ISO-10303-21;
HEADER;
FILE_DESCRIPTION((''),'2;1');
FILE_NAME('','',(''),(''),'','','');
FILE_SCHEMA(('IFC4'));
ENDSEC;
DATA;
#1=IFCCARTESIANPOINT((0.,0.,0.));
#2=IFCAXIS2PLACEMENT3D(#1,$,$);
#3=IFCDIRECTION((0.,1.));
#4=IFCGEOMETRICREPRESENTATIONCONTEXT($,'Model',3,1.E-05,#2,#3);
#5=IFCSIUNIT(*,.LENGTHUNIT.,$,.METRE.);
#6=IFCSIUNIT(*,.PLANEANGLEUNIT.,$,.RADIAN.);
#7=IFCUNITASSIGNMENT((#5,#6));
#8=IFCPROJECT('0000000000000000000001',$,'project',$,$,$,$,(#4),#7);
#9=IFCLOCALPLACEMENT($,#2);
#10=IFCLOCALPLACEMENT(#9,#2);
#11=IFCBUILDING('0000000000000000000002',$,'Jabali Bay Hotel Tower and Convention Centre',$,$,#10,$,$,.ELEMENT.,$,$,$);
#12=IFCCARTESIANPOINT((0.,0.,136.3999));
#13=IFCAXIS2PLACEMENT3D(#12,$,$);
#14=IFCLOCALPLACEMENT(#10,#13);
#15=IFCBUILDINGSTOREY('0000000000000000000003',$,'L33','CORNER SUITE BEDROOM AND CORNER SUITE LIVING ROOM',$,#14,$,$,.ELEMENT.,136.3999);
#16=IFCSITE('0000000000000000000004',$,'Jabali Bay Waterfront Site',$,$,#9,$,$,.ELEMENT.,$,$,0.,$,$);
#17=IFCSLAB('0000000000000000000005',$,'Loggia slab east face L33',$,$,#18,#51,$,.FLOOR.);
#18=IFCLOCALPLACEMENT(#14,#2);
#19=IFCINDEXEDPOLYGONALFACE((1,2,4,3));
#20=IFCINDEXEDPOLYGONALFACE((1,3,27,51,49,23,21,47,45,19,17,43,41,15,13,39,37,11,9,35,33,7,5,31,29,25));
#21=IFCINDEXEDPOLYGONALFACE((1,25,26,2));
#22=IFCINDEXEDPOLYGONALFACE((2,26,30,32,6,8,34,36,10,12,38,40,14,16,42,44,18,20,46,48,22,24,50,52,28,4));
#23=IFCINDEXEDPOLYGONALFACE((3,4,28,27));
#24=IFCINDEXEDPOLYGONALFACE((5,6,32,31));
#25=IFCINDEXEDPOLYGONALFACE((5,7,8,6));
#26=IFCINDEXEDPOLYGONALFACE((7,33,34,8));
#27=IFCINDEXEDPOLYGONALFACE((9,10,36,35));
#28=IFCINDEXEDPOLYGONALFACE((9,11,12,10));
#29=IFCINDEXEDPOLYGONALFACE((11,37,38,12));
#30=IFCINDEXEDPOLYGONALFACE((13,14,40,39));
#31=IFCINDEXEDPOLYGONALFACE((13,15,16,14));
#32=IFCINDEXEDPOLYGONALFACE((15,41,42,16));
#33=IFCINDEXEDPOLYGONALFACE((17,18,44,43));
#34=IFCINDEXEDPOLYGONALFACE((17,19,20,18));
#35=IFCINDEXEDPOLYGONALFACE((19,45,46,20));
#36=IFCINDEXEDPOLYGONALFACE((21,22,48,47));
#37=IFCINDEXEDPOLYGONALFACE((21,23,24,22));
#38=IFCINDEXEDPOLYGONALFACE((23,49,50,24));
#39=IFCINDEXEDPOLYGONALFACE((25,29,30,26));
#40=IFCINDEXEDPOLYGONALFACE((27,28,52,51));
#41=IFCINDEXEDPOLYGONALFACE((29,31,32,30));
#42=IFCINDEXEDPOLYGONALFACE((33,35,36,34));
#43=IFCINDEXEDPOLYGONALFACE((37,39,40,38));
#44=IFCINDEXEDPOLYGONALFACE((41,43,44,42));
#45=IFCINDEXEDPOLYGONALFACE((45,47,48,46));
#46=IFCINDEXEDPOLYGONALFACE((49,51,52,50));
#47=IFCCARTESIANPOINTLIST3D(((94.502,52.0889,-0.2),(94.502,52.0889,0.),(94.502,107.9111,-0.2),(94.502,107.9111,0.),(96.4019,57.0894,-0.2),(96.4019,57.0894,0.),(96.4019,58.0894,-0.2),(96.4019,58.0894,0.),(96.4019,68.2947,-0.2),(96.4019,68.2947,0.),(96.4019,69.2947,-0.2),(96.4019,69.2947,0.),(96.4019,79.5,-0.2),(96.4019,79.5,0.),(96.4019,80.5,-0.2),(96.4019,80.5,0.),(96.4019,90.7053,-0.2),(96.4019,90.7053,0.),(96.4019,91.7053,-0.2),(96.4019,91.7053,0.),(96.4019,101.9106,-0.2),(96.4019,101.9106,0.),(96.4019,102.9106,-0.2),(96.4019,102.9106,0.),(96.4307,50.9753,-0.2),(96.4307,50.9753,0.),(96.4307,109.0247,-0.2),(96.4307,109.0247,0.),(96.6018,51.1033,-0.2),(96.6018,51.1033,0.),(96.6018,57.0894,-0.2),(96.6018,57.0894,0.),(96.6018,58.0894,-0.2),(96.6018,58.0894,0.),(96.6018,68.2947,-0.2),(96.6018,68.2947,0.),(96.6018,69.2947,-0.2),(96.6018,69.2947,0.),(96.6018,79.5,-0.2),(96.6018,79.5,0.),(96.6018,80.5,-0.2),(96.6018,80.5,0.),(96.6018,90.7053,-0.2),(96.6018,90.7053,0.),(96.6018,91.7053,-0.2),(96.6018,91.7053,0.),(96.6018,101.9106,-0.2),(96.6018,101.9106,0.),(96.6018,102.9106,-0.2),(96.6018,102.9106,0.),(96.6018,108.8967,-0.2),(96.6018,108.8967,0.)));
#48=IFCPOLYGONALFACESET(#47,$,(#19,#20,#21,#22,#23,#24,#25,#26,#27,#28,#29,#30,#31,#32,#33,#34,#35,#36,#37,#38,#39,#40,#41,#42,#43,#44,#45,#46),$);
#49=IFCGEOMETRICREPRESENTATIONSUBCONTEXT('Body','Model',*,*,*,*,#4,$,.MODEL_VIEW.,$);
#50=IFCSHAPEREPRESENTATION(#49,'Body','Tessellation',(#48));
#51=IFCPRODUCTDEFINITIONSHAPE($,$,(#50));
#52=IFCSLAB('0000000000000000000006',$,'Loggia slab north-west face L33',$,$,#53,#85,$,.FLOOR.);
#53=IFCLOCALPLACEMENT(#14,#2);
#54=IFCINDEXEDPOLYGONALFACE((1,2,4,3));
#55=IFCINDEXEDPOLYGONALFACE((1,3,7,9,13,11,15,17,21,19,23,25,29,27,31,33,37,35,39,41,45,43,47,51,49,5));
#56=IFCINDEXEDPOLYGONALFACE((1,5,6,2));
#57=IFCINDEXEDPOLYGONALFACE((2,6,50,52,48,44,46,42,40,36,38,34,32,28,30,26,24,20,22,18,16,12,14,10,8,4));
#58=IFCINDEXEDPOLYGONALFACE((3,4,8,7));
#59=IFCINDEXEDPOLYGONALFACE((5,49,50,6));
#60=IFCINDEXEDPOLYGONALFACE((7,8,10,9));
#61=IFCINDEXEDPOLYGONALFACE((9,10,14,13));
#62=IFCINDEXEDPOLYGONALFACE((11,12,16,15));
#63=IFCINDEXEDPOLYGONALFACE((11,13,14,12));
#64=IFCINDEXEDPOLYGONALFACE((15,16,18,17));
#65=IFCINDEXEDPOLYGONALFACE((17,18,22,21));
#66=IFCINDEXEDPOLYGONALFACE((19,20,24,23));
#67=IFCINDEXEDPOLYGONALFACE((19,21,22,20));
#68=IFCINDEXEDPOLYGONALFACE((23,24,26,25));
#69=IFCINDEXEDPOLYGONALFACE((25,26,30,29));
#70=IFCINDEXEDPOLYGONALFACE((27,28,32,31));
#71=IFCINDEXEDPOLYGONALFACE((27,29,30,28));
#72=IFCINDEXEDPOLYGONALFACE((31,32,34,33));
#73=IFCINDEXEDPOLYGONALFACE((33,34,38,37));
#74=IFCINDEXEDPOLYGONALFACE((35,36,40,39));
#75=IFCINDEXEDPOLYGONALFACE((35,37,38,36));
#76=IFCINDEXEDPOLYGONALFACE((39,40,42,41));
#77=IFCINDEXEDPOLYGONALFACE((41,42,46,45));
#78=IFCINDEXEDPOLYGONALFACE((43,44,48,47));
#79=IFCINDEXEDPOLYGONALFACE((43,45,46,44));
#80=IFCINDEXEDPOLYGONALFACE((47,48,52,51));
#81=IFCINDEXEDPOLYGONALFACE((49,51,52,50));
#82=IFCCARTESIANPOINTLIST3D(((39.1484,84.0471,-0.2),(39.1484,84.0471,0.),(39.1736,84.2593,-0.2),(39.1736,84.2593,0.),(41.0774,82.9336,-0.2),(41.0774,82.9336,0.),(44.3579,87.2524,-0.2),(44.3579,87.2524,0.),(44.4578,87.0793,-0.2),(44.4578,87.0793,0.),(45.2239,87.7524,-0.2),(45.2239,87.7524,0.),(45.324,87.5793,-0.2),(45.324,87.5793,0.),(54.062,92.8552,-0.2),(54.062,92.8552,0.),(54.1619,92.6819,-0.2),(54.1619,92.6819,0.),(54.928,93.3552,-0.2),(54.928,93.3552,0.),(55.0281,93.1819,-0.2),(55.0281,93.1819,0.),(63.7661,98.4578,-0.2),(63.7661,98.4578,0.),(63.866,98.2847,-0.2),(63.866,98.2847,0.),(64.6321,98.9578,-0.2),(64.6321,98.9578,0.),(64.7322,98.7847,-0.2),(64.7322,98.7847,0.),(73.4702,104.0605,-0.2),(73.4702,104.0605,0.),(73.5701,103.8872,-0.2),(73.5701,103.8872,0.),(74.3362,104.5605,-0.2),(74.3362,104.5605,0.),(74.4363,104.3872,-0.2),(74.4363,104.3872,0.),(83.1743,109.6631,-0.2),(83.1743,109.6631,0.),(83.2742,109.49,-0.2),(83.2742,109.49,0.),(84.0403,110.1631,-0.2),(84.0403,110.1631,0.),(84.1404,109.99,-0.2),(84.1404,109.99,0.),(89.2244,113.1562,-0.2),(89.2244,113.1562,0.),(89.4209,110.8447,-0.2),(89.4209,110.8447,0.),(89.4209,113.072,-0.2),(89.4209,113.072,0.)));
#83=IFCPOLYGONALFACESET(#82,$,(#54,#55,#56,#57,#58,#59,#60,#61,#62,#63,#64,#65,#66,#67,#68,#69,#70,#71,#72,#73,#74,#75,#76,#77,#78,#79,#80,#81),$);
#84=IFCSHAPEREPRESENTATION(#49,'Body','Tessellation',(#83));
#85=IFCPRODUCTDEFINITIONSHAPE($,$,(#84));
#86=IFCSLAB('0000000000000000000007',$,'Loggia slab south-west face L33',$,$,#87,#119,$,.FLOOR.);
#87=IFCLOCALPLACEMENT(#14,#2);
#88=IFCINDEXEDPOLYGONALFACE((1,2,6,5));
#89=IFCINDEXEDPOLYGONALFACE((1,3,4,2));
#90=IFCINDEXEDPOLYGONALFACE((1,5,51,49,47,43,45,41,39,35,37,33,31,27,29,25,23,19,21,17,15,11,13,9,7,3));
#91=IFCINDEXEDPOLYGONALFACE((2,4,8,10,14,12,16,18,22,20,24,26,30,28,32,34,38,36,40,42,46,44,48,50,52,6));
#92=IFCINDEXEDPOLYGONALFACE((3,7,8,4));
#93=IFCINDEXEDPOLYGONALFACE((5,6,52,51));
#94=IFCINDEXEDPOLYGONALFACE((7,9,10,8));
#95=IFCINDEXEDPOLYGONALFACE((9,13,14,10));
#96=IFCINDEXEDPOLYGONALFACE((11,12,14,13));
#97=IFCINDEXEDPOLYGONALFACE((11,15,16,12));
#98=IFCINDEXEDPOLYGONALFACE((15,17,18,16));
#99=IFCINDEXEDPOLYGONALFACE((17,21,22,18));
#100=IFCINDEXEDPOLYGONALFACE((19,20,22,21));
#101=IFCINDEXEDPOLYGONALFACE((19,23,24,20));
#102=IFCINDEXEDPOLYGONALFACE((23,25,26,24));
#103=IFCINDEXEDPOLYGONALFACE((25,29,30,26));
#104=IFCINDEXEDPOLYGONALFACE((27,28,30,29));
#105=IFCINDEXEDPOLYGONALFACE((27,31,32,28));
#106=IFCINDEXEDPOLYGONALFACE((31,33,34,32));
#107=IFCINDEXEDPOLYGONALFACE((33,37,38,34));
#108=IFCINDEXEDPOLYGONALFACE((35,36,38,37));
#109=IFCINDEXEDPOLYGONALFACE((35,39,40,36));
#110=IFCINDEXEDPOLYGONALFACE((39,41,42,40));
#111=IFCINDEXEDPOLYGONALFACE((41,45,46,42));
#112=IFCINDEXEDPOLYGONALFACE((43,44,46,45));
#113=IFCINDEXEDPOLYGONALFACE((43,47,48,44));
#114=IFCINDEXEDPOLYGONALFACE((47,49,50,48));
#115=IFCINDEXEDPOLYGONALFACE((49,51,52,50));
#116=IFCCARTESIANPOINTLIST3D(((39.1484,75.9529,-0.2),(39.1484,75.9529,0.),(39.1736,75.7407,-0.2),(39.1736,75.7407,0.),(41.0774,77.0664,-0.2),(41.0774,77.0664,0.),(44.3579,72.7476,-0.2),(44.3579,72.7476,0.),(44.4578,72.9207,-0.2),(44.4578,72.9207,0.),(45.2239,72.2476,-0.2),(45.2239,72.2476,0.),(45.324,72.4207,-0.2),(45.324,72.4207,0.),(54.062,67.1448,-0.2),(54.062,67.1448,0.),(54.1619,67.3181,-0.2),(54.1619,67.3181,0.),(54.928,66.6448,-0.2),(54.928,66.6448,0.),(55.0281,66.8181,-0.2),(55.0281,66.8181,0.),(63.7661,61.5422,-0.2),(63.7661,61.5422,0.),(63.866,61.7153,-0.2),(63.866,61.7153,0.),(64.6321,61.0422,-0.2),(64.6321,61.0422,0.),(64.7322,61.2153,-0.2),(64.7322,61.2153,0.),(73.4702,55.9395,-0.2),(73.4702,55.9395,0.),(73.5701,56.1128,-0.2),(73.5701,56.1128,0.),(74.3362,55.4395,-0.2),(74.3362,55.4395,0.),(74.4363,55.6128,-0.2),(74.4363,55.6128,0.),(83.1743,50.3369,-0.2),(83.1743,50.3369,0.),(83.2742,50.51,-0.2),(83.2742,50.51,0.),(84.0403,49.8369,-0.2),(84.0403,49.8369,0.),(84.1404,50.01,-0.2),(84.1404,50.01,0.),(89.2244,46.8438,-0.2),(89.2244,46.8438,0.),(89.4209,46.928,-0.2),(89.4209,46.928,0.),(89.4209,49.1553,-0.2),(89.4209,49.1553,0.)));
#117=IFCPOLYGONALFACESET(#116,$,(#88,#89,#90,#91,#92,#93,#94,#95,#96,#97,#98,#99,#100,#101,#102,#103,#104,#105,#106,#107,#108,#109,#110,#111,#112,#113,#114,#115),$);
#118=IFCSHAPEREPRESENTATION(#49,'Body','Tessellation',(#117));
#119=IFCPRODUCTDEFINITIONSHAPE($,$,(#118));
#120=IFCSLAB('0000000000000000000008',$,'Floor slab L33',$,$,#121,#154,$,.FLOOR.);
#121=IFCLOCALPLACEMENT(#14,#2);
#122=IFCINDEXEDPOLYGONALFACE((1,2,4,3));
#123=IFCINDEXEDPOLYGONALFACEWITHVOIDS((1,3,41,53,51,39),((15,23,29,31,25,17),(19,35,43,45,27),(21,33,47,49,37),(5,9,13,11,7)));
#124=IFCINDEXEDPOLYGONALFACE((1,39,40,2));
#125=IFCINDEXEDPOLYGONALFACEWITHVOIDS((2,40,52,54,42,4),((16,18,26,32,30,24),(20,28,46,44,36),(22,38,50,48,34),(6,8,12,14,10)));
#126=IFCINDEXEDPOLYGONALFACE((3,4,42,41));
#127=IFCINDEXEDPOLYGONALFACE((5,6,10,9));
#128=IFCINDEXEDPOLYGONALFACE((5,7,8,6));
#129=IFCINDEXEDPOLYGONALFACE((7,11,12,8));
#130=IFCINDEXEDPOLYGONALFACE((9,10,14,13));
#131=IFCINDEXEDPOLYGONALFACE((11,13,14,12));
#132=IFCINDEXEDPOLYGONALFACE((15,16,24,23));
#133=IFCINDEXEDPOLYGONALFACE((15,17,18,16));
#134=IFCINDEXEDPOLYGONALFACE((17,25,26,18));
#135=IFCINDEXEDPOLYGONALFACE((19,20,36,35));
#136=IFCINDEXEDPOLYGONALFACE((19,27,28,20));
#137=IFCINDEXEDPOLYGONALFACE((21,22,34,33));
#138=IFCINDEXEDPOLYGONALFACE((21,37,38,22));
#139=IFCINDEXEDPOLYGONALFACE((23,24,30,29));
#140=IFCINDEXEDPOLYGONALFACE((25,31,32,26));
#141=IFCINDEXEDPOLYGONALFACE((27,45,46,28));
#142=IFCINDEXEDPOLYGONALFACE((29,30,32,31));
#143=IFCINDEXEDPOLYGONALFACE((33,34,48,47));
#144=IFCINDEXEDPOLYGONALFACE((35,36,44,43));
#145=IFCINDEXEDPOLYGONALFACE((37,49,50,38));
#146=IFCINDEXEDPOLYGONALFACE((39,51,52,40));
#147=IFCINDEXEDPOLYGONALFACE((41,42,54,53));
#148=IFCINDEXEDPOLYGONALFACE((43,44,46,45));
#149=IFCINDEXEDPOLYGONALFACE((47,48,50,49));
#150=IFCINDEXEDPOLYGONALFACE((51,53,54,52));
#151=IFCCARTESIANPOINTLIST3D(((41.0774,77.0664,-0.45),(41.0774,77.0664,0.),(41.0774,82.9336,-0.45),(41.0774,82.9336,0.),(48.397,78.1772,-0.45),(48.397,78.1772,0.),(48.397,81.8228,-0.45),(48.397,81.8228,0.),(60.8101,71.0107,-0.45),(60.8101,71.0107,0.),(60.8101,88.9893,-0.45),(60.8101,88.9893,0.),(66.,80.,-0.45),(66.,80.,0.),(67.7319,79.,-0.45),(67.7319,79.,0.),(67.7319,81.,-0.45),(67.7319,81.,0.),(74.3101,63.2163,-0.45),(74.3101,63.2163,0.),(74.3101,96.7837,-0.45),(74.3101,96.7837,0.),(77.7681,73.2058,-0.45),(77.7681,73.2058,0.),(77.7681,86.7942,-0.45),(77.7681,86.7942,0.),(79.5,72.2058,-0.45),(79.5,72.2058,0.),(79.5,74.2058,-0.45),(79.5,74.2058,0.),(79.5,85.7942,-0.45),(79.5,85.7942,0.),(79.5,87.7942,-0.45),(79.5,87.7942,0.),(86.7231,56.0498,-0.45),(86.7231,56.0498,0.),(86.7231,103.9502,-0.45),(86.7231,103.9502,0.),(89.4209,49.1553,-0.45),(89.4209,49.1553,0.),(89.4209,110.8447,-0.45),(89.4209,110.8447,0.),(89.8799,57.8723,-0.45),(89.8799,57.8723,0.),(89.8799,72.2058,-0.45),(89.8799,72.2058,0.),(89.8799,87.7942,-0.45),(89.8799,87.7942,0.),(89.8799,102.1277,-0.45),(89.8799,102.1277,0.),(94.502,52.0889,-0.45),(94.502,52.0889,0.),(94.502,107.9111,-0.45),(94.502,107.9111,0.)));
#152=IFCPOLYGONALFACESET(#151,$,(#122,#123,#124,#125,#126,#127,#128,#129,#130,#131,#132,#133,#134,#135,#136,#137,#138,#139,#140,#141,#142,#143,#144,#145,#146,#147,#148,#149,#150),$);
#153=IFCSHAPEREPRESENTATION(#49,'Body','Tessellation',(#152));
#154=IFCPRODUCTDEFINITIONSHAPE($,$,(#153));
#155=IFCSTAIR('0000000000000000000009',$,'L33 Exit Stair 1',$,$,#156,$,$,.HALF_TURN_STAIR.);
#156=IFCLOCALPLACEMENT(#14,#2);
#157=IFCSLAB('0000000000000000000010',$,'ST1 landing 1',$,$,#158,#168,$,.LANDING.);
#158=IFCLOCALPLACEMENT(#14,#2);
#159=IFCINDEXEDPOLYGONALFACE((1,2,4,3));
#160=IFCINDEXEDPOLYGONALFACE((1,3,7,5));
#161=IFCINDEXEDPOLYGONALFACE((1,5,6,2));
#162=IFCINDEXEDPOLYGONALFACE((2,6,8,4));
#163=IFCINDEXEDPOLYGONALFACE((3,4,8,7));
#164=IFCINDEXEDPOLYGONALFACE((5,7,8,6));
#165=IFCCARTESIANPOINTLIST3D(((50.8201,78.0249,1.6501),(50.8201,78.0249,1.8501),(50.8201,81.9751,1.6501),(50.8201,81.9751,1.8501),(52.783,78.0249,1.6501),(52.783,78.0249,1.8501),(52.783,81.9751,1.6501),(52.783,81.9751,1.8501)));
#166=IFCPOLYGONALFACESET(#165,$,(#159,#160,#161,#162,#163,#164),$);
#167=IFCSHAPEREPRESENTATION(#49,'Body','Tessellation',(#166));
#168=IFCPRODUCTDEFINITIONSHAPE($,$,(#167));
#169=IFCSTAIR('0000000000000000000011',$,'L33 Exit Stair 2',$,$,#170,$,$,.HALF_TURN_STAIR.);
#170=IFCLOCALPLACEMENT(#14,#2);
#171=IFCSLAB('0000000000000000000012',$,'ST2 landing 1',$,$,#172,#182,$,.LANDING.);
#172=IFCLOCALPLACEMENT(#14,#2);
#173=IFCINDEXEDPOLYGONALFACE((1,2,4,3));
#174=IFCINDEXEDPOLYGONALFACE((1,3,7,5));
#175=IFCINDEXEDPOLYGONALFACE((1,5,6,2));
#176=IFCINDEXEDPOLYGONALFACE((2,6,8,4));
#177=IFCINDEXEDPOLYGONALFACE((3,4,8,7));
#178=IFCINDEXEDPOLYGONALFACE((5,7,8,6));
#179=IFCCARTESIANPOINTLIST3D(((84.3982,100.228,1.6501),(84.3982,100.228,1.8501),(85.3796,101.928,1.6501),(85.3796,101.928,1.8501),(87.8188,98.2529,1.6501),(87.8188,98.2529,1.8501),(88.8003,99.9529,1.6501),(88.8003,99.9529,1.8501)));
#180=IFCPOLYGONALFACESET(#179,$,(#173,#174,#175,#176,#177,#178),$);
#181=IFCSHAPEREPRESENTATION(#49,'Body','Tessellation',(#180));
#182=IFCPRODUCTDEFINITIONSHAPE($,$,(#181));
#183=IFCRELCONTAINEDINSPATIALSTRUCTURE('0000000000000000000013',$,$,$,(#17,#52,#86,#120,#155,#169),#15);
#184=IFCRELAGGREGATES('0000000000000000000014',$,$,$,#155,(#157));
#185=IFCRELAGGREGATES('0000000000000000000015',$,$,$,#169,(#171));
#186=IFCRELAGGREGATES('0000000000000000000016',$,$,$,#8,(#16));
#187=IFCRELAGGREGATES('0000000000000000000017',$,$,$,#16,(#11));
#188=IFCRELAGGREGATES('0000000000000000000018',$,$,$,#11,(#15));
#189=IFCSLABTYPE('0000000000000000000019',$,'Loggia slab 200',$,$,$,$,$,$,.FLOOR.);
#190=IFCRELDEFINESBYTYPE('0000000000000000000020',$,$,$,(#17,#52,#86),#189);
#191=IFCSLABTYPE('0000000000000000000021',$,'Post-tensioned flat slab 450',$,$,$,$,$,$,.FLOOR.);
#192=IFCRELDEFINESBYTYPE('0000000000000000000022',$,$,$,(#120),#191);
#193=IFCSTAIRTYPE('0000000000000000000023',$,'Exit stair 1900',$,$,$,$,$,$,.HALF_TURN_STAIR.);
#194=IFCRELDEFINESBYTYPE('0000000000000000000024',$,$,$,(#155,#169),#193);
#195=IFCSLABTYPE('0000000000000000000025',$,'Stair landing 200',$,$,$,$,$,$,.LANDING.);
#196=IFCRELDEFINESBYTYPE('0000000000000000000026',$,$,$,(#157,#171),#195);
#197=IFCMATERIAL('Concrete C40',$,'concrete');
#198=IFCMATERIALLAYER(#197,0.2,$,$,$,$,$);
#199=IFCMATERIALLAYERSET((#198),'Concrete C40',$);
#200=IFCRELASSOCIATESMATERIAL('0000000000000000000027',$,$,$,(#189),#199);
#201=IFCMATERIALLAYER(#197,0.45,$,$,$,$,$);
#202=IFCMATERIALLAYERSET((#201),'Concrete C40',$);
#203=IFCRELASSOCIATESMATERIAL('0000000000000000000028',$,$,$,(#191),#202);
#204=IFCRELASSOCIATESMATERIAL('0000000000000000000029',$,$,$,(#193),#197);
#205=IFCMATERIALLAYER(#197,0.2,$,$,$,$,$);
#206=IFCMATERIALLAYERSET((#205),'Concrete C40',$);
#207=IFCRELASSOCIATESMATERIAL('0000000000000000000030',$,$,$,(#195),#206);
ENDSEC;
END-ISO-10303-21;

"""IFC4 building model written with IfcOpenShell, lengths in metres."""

from ifc_helpers import new_model, si_unit, direction, frame, origin, place, context, subcontext, project, spatial, polyline, outline, extrude, material, layer, layer_set, type_object, element, aggregate, save


model = new_model("IFC4")

# Units and contexts
model_context = context("Model", 3, precision=1e-05, world=origin(), true_north=direction((0.0, 1.0)))
body_context = subcontext(model_context, "Body", "Model", "MODEL_VIEW")
ifc_project = project(units=[si_unit("LENGTHUNIT", "METRE"), si_unit("PLANEANGLEUNIT", "RADIAN")], contexts=[model_context])

# Site, building, storey
site_placement = place(None, origin())
site = spatial("IfcSite", under=ifc_project, at=site_placement, Name="Jabali Bay Waterfront Site", CompositionType="ELEMENT", RefElevation=0.0)
building_placement = place(site_placement, origin())
building = spatial("IfcBuilding", under=site, at=building_placement, Name="Jabali Bay Hotel Tower and Convention Centre", CompositionType="ELEMENT")
storey_placement = place(building_placement, frame((0.0, 0.0, 136.3999)))
storey = spatial("IfcBuildingStorey", under=building, at=storey_placement, Name="L33", Description="CORNER SUITE BEDROOM AND CORNER SUITE LIVING ROOM", CompositionType="ELEMENT", Elevation=136.3999)

# Slabs
ifc_material_1 = material(Name="Concrete C40", Category="concrete")
ifc_layer_1 = layer(ifc_material_1, 0.2)
ifc_layer_set_1 = layer_set([ifc_layer_1], Name="Concrete C40")
slab_type_1 = type_object("IfcSlabType", Name="Loggia slab 200", PredefinedType="FLOOR", material=ifc_layer_set_1)
slab_1_placement = place(storey_placement, frame((0.0, 0.0, -0.2)))
element("IfcSlab", 1, at=slab_1_placement, inside=storey, type_object=slab_type_1, Name="Loggia slab east face L33", PredefinedType="FLOOR", context=body_context, shape_type="SweptSolid", body=[
    extrude(outline(polyline([(94.502, 107.9111), (96.4307, 109.0247), (96.6018, 108.8967), (96.6018, 102.9106), (96.4019, 102.9106), (96.4019, 101.9106), (96.6018, 101.9106), (96.6018, 91.7053), (96.4019, 91.7053), (96.4019, 90.7053), (96.6018, 90.7053), (96.6018, 80.5), (96.4019, 80.5), (96.4019, 79.5), (96.6018, 79.5), (96.6018, 69.2947), (96.4019, 69.2947), (96.4019, 68.2947), (96.6018, 68.2947), (96.6018, 58.0894), (96.4019, 58.0894), (96.4019, 57.0894), (96.6018, 57.0894), (96.6018, 51.1033), (96.4307, 50.9753), (94.502, 52.0889), (94.502, 107.9111)])), origin(), (0.0, 0.0, 1.0), 0.2),
])
slab_2_placement = place(storey_placement, frame((0.0, 0.0, -0.2)))
element("IfcSlab", 2, at=slab_2_placement, inside=storey, type_object=slab_type_1, Name="Loggia slab north-west face L33", PredefinedType="FLOOR", context=body_context, shape_type="SweptSolid", body=[
    extrude(outline(polyline([(41.0774, 82.9336), (39.1484, 84.0471), (39.1736, 84.2593), (44.3579, 87.2524), (44.4578, 87.0793), (45.324, 87.5793), (45.2239, 87.7524), (54.062, 92.8552), (54.1619, 92.6819), (55.0281, 93.1819), (54.928, 93.3552), (63.7661, 98.4578), (63.866, 98.2847), (64.7322, 98.7847), (64.6321, 98.9578), (73.4702, 104.0605), (73.5701, 103.8872), (74.4363, 104.3872), (74.3362, 104.5605), (83.1743, 109.6631), (83.2742, 109.49), (84.1404, 109.99), (84.0403, 110.1631), (89.2244, 113.1562), (89.4209, 113.072), (89.4209, 110.8447), (41.0774, 82.9336)])), origin(), (0.0, 0.0, 1.0), 0.2),
])
slab_3_placement = place(storey_placement, frame((0.0, 0.0, -0.2)))
element("IfcSlab", 3, at=slab_3_placement, inside=storey, type_object=slab_type_1, Name="Loggia slab south-west face L33", PredefinedType="FLOOR", context=body_context, shape_type="SweptSolid", body=[
    extrude(outline(polyline([(89.4209, 49.1553), (89.4209, 46.928), (89.2244, 46.8438), (84.0403, 49.8369), (84.1404, 50.01), (83.2742, 50.51), (83.1743, 50.3369), (74.3362, 55.4395), (74.4363, 55.6128), (73.5701, 56.1128), (73.4702, 55.9395), (64.6321, 61.0422), (64.7322, 61.2153), (63.866, 61.7153), (63.7661, 61.5422), (54.928, 66.6448), (55.0281, 66.8181), (54.1619, 67.3181), (54.062, 67.1448), (45.2239, 72.2476), (45.324, 72.4207), (44.4578, 72.9207), (44.3579, 72.7476), (39.1736, 75.7407), (39.1484, 75.9529), (41.0774, 77.0664), (89.4209, 49.1553)])), origin(), (0.0, 0.0, 1.0), 0.2),
])
ifc_layer_2 = layer(ifc_material_1, 0.45)
ifc_layer_set_2 = layer_set([ifc_layer_2], Name="Concrete C40")
slab_type_2 = type_object("IfcSlabType", Name="Post-tensioned flat slab 450", PredefinedType="FLOOR", material=ifc_layer_set_2)
slab_4_placement = place(storey_placement, frame((0.0, 0.0, -0.45)))
element("IfcSlab", 4, at=slab_4_placement, inside=storey, type_object=slab_type_2, Name="Floor slab L33", PredefinedType="FLOOR", context=body_context, shape_type="SweptSolid", body=[
    extrude(outline(polyline([(89.4209, 110.8447), (94.502, 107.9111), (94.502, 52.0889), (89.4209, 49.1553), (41.0774, 77.0664), (41.0774, 82.9336), (89.4209, 110.8447)]), holes=[polyline([(67.7319, 79.0), (77.7681, 73.2058), (79.5, 74.2058), (79.5, 85.7942), (77.7681, 86.7942), (67.7319, 81.0), (67.7319, 79.0)]), polyline([(48.397, 78.1772), (60.8101, 71.0107), (66.0, 80.0), (60.8101, 88.9893), (48.397, 81.8228), (48.397, 78.1772)]), polyline([(89.8799, 102.1277), (86.7231, 103.9502), (74.3101, 96.7837), (79.5, 87.7942), (89.8799, 87.7942), (89.8799, 102.1277)]), polyline([(74.3101, 63.2163), (86.7231, 56.0498), (89.8799, 57.8723), (89.8799, 72.2058), (79.5, 72.2058), (74.3101, 63.2163)])]), origin(), (0.0, 0.0, 1.0), 0.45),
])

# Stairs, slabs
stair_type = type_object("IfcStairType", Name="Exit stair 1900", PredefinedType="HALF_TURN_STAIR", material=ifc_material_1)
stair_1_placement = place(storey_placement, origin())
stair_1 = element("IfcStair", 5, at=stair_1_placement, inside=storey, type_object=stair_type, Name="L33 Exit Stair 1", PredefinedType="HALF_TURN_STAIR")
ifc_layer_3 = layer(ifc_material_1, 0.2)
ifc_layer_set_3 = layer_set([ifc_layer_3], Name="Concrete C40")
slab_type_3 = type_object("IfcSlabType", Name="Stair landing 200", PredefinedType="LANDING", material=ifc_layer_set_3)
slab_5_placement = place(storey_placement, frame((0.0, 0.0, 1.6501)))
slab_5 = element("IfcSlab", 6, at=slab_5_placement, type_object=slab_type_3, Name="ST1 landing 1", PredefinedType="LANDING", context=body_context, shape_type="SweptSolid", body=[
    extrude(outline(polyline([(52.783, 81.9751), (50.8201, 81.9751), (50.8201, 78.0249), (52.783, 78.0249), (52.783, 81.9751)])), origin(), (0.0, 0.0, 1.0), 0.2),
])
aggregate(stair_1, [slab_5])
stair_2_placement = place(storey_placement, origin())
stair_2 = element("IfcStair", 7, at=stair_2_placement, inside=storey, type_object=stair_type, Name="L33 Exit Stair 2", PredefinedType="HALF_TURN_STAIR")
slab_6_placement = place(storey_placement, frame((0.0, 0.0, 1.6501)))
slab_6 = element("IfcSlab", 8, at=slab_6_placement, type_object=slab_type_3, Name="ST2 landing 1", PredefinedType="LANDING", context=body_context, shape_type="SweptSolid", body=[
    extrude(outline(polyline([(87.8188, 98.2529), (88.8003, 99.9529), (85.3796, 101.928), (84.3982, 100.228), (87.8188, 98.2529)])), origin(), (0.0, 0.0, 1.0), 0.2),
])
aggregate(stair_2, [slab_6])

save(model, "model.ifc")
